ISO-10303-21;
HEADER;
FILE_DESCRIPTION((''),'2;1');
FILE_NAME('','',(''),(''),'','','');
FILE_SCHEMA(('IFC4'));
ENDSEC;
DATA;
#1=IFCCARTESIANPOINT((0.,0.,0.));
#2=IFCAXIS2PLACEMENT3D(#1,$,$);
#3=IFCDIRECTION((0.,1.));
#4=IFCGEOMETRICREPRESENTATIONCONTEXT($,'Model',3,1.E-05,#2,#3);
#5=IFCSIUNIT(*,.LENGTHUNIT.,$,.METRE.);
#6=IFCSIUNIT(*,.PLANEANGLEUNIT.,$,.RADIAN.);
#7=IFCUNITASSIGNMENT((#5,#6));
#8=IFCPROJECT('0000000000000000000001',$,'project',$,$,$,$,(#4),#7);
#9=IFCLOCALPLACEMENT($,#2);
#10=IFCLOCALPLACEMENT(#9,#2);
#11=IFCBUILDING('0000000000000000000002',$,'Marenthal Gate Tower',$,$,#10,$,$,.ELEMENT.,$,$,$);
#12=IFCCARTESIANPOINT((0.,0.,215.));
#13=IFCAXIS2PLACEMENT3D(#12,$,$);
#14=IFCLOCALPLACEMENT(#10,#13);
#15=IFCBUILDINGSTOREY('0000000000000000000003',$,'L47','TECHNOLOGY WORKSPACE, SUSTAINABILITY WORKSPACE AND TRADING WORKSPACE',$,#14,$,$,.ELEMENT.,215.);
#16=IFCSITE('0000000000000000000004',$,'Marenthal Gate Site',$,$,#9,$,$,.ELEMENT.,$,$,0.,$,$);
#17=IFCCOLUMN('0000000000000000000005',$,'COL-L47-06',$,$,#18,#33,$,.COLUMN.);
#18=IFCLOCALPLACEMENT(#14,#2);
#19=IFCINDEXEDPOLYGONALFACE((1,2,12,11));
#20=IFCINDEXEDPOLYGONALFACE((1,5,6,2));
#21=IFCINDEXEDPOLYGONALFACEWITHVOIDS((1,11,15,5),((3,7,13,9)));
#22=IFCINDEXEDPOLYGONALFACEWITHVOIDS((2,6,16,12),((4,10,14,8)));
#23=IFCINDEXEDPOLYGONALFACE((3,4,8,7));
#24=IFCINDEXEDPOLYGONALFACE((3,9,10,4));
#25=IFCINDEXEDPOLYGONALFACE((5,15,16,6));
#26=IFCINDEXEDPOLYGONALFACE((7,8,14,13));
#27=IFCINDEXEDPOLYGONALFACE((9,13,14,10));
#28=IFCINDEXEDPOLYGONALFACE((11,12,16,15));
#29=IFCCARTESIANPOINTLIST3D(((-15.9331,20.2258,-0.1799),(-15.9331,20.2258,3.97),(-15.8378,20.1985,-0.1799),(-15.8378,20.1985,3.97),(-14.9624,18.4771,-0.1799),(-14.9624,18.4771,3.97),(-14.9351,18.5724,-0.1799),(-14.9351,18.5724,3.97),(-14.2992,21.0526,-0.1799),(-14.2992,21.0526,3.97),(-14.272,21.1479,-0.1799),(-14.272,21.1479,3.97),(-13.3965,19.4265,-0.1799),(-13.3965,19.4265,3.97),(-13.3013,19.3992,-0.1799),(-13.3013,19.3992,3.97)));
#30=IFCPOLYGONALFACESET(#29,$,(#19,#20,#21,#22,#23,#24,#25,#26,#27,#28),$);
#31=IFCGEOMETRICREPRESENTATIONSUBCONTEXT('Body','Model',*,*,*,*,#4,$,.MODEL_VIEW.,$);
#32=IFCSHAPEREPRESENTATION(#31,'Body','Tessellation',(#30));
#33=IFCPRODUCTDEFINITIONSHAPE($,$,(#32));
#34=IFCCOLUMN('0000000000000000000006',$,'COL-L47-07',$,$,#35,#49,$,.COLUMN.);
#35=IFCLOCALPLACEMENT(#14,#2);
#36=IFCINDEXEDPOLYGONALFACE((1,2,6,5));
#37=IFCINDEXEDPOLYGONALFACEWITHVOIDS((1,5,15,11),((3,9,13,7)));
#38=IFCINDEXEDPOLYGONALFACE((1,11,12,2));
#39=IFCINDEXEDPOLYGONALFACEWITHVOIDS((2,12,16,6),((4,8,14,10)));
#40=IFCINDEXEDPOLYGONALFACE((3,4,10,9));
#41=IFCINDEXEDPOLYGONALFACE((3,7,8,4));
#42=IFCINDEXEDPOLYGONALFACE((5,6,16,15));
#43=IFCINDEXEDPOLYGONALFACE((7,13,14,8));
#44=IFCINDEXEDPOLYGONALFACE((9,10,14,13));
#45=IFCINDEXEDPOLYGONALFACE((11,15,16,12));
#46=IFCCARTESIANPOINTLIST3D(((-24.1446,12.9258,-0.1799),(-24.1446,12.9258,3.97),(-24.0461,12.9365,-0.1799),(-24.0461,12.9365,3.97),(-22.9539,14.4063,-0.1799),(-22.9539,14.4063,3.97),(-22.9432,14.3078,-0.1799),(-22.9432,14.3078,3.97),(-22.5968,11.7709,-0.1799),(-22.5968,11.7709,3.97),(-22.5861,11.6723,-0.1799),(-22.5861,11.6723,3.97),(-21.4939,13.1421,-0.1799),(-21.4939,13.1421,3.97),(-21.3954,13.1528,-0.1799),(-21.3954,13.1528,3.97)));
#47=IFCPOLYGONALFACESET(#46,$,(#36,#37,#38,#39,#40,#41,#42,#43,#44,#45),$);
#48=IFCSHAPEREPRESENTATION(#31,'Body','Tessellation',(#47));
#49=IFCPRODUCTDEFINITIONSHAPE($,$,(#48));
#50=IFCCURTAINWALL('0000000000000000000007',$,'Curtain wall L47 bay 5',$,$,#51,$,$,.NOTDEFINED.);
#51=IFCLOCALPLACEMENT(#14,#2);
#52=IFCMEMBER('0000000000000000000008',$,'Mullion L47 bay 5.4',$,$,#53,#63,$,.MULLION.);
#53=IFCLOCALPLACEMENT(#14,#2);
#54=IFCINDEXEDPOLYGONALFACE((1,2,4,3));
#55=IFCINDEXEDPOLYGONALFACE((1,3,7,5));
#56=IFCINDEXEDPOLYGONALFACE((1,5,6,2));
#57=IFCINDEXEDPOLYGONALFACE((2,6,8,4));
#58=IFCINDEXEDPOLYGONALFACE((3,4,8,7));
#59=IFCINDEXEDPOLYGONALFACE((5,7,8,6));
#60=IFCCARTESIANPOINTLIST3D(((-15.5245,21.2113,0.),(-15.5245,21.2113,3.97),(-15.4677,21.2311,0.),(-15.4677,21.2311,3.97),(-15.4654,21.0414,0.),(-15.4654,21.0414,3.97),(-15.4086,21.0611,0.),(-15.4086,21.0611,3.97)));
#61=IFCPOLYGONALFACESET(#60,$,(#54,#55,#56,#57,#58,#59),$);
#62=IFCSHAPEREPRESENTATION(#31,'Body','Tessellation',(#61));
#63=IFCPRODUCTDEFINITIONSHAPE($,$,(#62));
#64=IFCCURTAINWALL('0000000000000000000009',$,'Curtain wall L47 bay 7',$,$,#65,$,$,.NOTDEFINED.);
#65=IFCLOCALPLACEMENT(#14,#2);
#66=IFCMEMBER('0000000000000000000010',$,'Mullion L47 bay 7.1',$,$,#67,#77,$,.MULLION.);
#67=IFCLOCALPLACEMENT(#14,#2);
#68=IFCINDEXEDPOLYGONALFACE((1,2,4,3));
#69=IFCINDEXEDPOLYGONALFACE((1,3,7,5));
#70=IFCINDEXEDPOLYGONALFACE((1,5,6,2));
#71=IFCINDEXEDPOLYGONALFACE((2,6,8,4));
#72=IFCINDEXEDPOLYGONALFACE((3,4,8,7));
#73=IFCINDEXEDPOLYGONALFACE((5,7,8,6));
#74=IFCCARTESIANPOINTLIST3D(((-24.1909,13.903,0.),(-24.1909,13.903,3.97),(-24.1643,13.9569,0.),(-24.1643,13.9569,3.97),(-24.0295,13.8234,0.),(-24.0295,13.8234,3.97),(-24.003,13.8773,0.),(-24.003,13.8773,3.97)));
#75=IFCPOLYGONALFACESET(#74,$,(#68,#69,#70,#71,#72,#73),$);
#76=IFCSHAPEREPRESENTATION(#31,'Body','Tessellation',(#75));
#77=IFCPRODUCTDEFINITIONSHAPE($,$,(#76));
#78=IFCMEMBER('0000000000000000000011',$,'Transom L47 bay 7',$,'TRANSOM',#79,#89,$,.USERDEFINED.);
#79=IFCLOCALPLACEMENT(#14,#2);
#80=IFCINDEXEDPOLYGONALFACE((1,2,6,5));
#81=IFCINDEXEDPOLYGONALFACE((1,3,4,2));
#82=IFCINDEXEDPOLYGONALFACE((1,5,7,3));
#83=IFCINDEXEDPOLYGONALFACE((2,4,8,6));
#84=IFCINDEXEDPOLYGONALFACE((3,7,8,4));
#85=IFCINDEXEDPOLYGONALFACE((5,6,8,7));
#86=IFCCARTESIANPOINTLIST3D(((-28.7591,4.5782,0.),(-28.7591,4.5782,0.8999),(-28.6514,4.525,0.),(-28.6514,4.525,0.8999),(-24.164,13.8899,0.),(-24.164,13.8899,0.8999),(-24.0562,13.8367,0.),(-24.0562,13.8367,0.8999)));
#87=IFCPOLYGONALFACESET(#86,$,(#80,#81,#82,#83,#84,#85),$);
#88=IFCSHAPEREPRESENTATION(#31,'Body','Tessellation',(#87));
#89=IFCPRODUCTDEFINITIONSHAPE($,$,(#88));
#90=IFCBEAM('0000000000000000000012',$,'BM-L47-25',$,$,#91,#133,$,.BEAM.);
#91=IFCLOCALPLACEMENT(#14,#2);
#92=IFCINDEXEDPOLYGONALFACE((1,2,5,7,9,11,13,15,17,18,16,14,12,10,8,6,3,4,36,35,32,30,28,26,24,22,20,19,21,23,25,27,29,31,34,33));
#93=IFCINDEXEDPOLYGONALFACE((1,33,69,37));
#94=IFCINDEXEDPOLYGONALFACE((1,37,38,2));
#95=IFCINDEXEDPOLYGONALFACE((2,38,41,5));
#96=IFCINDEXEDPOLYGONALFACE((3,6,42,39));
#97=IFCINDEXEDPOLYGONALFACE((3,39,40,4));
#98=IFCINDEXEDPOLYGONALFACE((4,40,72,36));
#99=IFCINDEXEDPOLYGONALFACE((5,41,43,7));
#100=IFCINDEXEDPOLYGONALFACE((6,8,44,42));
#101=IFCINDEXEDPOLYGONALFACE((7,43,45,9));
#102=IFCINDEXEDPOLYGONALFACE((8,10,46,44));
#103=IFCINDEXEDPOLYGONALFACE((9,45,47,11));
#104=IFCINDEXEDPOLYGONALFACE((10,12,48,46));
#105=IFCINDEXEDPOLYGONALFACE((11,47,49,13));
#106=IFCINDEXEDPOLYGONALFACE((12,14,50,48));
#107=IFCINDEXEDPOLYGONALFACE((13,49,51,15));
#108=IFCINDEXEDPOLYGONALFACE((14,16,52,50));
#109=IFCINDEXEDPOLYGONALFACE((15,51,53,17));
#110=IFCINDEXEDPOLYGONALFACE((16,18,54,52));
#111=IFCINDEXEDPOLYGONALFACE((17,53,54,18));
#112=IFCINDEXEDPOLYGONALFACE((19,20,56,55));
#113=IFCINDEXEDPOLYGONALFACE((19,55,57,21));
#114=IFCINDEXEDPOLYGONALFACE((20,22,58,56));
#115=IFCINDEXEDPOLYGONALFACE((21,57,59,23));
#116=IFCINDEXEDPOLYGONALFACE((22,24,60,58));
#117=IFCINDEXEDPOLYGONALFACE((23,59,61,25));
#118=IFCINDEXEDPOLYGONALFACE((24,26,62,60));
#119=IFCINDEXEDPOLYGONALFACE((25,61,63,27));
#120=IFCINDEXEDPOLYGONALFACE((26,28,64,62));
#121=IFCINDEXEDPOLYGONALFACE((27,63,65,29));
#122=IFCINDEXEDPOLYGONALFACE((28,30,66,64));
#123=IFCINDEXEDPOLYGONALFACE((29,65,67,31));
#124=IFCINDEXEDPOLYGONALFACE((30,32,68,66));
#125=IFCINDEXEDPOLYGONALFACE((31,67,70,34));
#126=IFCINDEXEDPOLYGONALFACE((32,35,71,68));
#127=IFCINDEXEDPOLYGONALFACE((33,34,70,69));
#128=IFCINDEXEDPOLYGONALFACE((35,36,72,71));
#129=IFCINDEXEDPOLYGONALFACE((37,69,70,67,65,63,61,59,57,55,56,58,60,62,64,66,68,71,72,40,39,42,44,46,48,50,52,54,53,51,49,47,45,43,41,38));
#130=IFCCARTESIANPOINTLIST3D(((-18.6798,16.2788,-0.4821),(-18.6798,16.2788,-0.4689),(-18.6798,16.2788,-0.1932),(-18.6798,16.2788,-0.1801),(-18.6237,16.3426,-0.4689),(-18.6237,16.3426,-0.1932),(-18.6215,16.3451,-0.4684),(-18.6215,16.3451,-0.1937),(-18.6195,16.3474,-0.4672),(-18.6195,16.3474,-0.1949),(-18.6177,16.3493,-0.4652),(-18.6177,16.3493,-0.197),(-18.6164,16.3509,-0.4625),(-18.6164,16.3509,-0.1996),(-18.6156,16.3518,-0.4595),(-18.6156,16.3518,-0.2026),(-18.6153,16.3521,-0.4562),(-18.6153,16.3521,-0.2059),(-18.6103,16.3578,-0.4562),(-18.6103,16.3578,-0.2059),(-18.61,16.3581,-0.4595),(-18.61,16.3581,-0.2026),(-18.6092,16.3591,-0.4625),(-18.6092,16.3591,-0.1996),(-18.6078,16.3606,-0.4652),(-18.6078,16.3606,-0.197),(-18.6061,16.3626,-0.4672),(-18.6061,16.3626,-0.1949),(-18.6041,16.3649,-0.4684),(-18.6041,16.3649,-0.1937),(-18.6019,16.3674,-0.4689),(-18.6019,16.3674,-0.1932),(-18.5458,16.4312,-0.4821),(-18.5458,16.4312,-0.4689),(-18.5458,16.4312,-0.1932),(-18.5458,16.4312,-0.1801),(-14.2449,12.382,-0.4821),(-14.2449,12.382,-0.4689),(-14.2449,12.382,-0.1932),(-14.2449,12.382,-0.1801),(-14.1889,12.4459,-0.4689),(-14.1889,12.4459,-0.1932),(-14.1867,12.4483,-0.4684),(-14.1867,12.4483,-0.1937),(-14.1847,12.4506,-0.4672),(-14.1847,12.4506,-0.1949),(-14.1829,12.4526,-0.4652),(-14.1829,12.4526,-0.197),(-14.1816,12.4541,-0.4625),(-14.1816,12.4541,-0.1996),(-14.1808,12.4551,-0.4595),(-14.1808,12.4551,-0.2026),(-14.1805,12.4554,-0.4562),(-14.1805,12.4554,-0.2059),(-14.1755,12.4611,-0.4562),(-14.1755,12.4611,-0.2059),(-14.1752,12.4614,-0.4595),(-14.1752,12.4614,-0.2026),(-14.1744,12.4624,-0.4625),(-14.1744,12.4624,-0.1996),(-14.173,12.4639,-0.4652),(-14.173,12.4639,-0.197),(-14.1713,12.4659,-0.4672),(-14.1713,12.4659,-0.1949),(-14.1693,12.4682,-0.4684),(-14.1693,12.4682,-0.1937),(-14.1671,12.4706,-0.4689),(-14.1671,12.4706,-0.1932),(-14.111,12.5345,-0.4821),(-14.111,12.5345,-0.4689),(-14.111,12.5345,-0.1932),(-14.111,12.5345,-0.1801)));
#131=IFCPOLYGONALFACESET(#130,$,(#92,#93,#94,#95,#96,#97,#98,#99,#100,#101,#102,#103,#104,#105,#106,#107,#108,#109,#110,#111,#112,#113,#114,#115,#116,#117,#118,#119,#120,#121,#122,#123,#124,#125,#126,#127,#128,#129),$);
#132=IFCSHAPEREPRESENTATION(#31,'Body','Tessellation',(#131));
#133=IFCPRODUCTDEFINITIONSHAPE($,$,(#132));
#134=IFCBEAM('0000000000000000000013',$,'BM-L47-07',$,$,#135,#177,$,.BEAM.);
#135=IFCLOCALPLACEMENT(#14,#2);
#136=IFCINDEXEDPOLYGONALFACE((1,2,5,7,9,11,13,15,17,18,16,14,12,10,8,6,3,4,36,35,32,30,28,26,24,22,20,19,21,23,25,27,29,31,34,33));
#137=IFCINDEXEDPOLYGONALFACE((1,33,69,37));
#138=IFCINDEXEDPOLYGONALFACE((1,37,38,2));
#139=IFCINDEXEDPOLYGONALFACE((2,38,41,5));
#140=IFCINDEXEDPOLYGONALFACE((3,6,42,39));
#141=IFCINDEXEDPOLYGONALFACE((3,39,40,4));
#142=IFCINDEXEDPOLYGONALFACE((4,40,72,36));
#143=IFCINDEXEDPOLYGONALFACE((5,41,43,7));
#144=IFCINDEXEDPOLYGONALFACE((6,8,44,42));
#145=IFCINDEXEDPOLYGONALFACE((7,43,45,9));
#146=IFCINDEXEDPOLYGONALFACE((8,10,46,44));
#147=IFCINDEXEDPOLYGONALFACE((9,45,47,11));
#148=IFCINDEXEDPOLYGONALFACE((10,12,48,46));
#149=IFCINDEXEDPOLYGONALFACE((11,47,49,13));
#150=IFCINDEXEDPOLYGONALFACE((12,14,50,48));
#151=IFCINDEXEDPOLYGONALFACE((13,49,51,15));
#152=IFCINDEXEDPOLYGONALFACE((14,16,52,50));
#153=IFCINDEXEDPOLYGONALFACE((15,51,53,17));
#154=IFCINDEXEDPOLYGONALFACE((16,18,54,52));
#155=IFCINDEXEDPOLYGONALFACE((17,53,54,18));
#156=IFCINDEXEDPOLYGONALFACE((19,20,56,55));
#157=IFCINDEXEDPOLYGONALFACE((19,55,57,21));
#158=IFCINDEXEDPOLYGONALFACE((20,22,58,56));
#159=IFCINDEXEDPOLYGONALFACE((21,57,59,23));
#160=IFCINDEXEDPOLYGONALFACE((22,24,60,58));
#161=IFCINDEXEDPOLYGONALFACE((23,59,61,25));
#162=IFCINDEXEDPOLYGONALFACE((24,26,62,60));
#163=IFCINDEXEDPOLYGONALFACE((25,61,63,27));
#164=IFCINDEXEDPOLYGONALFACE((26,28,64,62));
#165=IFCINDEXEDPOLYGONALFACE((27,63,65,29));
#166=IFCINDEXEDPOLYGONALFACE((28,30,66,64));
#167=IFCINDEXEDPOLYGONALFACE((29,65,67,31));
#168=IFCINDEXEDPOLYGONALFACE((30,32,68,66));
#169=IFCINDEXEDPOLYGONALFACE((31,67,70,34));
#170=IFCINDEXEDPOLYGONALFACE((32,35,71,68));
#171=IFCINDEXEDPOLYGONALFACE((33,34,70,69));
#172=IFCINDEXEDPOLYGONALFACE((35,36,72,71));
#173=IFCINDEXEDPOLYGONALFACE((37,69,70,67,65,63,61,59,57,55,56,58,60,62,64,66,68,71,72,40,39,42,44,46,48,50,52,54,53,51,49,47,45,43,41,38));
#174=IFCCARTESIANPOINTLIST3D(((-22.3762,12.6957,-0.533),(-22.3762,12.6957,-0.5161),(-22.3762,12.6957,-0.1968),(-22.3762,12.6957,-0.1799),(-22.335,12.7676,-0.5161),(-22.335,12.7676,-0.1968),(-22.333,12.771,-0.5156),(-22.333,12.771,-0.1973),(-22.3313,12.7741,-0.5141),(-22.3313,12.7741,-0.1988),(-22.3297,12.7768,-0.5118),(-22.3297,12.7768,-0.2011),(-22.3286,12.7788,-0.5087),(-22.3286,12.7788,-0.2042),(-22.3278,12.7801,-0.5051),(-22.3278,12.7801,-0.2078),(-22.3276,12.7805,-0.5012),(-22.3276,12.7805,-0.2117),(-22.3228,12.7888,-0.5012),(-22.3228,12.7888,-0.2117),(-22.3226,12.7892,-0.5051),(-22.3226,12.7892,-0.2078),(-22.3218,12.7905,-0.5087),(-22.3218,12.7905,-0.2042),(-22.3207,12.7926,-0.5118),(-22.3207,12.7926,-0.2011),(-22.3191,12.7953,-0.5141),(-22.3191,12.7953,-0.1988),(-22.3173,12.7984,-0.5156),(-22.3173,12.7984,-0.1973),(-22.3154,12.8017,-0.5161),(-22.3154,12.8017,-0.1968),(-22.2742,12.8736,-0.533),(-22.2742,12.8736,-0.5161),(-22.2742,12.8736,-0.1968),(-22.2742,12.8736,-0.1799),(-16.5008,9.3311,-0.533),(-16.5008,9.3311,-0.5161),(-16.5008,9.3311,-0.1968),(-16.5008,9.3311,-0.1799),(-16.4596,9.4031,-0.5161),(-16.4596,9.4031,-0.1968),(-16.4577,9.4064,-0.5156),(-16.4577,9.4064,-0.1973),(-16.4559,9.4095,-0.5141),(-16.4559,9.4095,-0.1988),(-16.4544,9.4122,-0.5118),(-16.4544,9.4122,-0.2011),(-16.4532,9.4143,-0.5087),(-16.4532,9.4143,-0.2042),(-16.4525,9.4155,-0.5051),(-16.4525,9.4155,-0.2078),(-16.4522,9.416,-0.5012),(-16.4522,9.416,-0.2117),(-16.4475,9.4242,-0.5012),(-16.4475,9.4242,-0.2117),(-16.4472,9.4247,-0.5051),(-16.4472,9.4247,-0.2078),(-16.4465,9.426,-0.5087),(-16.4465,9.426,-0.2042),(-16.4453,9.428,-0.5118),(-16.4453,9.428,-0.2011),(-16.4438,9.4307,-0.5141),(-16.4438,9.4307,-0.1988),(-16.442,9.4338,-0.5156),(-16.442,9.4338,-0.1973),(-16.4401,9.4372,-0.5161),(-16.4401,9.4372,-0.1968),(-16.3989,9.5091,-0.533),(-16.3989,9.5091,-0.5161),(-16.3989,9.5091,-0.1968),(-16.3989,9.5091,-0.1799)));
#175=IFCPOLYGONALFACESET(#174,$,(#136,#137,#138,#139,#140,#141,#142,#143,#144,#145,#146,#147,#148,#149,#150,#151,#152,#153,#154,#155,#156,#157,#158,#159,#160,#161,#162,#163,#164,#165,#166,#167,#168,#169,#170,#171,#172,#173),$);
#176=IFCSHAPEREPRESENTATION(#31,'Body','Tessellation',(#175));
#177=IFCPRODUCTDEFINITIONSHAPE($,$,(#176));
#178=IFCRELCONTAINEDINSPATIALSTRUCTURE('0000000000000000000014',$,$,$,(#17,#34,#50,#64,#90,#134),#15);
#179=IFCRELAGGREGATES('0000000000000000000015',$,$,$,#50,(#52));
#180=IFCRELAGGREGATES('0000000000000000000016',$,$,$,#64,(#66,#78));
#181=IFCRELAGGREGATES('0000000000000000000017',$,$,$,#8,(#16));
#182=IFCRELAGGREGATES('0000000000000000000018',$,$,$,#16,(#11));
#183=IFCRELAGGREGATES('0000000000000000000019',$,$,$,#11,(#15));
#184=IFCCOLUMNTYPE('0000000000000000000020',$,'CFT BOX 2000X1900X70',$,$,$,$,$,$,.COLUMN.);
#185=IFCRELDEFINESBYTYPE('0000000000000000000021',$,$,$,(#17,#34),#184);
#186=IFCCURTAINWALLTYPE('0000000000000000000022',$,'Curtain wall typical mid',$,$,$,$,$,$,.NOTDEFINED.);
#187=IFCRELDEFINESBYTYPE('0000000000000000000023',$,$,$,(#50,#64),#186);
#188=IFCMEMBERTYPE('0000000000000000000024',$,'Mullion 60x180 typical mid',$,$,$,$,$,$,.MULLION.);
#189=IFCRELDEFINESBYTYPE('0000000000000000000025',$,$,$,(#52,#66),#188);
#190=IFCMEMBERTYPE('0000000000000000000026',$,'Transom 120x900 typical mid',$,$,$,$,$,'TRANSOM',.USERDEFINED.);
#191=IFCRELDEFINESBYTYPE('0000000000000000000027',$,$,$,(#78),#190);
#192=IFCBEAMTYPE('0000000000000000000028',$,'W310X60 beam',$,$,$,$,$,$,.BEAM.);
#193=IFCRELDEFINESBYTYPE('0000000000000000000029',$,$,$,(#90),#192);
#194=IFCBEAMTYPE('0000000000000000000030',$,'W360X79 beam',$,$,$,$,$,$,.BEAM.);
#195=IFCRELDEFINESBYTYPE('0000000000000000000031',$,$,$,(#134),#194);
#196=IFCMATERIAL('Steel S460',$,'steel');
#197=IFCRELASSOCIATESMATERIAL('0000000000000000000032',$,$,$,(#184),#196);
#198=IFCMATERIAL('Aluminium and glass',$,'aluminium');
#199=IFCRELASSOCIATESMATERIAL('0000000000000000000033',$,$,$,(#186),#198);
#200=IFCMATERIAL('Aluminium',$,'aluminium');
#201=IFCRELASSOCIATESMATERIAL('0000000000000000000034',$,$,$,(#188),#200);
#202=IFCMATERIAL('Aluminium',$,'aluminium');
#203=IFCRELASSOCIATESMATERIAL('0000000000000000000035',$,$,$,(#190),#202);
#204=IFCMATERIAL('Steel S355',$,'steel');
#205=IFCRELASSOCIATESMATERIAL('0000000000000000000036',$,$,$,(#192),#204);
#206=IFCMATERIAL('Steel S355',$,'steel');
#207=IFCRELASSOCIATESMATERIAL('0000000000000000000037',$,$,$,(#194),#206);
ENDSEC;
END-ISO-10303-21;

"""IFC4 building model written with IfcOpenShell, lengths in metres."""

from ifc_helpers import new_model, si_unit, direction, frame, origin, origin_2d, place, context, subcontext, project, spatial, rectangle, hollow_rectangle, i_section, extrude, material, material_profile, profile_set, type_object, element, aggregate, save


model = new_model("IFC4")

# Units and contexts
model_context = context("Model", 3, precision=1e-05, world=origin(), true_north=direction((0.0, 1.0)))
body_context = subcontext(model_context, "Body", "Model", "MODEL_VIEW")
ifc_project = project(units=[si_unit("LENGTHUNIT", "METRE"), si_unit("PLANEANGLEUNIT", "RADIAN")], contexts=[model_context])

# Site, building, storey
site_placement = place(None, origin())
site = spatial("IfcSite", under=ifc_project, at=site_placement, Name="Marenthal Gate Site", CompositionType="ELEMENT", RefElevation=0.0)
building_placement = place(site_placement, origin())
building = spatial("IfcBuilding", under=site, at=building_placement, Name="Marenthal Gate Tower", CompositionType="ELEMENT")
storey_placement = place(building_placement, frame((0.0, 0.0, 215.0)))
storey = spatial("IfcBuildingStorey", under=building, at=storey_placement, Name="L47", Description="TECHNOLOGY WORKSPACE, SUSTAINABILITY WORKSPACE AND TRADING WORKSPACE", CompositionType="ELEMENT", Elevation=215.0)

# Columns
ifc_material_1 = material(Name="Steel S460", Category="steel")
ifc_material_profile_1 = material_profile(ifc_material_1, hollow_rectangle(XDim=1.8999, YDim=2.0, WallThickness=0.0701, at=origin_2d()), Name="CFT BOX 2000X1900X70")
ifc_material_2 = material(Name="Concrete 70 MPa", Category="concrete")
ifc_material_profile_2 = material_profile(ifc_material_2, rectangle(XDim=1.76, YDim=1.8601, at=origin_2d()), Name="CFT BOX 2000X1900X70 INFILL")
ifc_profile_set_1 = profile_set([ifc_material_profile_1, ifc_material_profile_2], Name="Steel S460 shell, Concrete 70 MPa infill")
column_type = type_object("IfcColumnType", Name="CFT BOX 2000X1900X70", PredefinedType="COLUMN", material=ifc_profile_set_1)
for number, where, z_axis, x_axis, name in (
    (1, (-14.6172, 19.8125, -0.1799), (0.0, 0.0, 1.0), (0.874319, 0.485351, 0.0), "COL-L47-06"),
    (2, (-22.77, 13.0393, -0.1799), (0.0, 0.0, 1.0), (0.626719, 0.779245, 0.0), "COL-L47-07"),
):
    element("IfcColumn", number, at=place(storey_placement, frame(where, z_axis=z_axis, x_axis=x_axis)), inside=storey, type_object=column_type, Name=name, PredefinedType="COLUMN", context=body_context, shape_type="SweptSolid", body=[
        extrude(hollow_rectangle(XDim=1.8999, YDim=2.0, WallThickness=0.0701, at=origin_2d()), origin(), (0.0, 0.0, 1.0), 4.1499),
    ])

# Curtain wall, member
ifc_material_3 = material(Name="Aluminium and glass", Category="aluminium")
curtain_wall_type = type_object("IfcCurtainWallType", Name="Curtain wall typical mid", PredefinedType="NOTDEFINED", material=ifc_material_3)
curtain_wall_1_placement = place(storey_placement, origin())
curtain_wall_1 = element("IfcCurtainWall", 3, at=curtain_wall_1_placement, inside=storey, type_object=curtain_wall_type, Name="Curtain wall L47 bay 5", PredefinedType="NOTDEFINED")
ifc_material_4 = material(Name="Aluminium", Category="aluminium")
ifc_material_profile_3 = material_profile(ifc_material_4, rectangle(XDim=0.1799, YDim=0.0601, at=origin_2d()), Name="60x180 aluminium mullion")
ifc_profile_set_2 = profile_set([ifc_material_profile_3], Name="Aluminium")
member_type_1 = type_object("IfcMemberType", Name="Mullion 60x180 typical mid", PredefinedType="MULLION", material=ifc_profile_set_2)
member_1_placement = place(storey_placement, frame((-15.4666, 21.1362, 0.0), z_axis=(0.0, 0.0, 1.0), x_axis=(0.3284, -0.944539, 0.0)))
member_1 = element("IfcMember", 4, at=member_1_placement, type_object=member_type_1, Name="Mullion L47 bay 5.4", PredefinedType="MULLION", context=body_context, shape_type="SweptSolid", body=[
    extrude(rectangle(XDim=0.1799, YDim=0.0601, at=origin_2d()), origin(), (0.0, 0.0, 1.0), 3.97),
])
aggregate(curtain_wall_1, [member_1])

# Curtain wall, members
curtain_wall_2_placement = place(storey_placement, origin())
curtain_wall_2 = element("IfcCurtainWall", 5, at=curtain_wall_2_placement, inside=storey, type_object=curtain_wall_type, Name="Curtain wall L47 bay 7", PredefinedType="NOTDEFINED")
member_2_placement = place(storey_placement, frame((-24.0969, 13.8901, 0.0), z_axis=(0.0, 0.0, 1.0), x_axis=(0.896757, -0.442523, 0.0)))
member_2 = element("IfcMember", 6, at=member_2_placement, type_object=member_type_1, Name="Mullion L47 bay 7.1", PredefinedType="MULLION", context=body_context, shape_type="SweptSolid", body=[
    extrude(rectangle(XDim=0.1799, YDim=0.0601, at=origin_2d()), origin(), (0.0, 0.0, 1.0), 3.97),
])
ifc_material_5 = material(Name="Aluminium", Category="aluminium")
ifc_material_profile_4 = material_profile(ifc_material_5, rectangle(XDim=0.1201, YDim=0.8999, at=origin_2d()), Name="120x900 aluminium transom")
ifc_profile_set_3 = profile_set([ifc_material_profile_4], Name="Aluminium")
member_type_2 = type_object("IfcMemberType", Name="Transom 120x900 typical mid", ElementType="TRANSOM", PredefinedType="USERDEFINED", material=ifc_profile_set_3)
member_3_placement = place(storey_placement, frame((-24.1101, 13.8633, 0.45), z_axis=(-0.442533, -0.896752, 0.0), x_axis=(0.896752, -0.442533, 0.0)))
member_3 = element("IfcMember", 7, at=member_3_placement, type_object=member_type_2, Name="Transom L47 bay 7", ObjectType="TRANSOM", PredefinedType="USERDEFINED", context=body_context, shape_type="SweptSolid", body=[
    extrude(rectangle(XDim=0.1201, YDim=0.8999, at=origin_2d()), origin(), (0.0, 0.0, 1.0), 10.3838),
])

# Beams
ifc_material_6 = material(Name="Steel S355", Category="steel")
ifc_material_profile_5 = material_profile(ifc_material_6, i_section(OverallWidth=0.2029, OverallDepth=0.302, WebThickness=0.0076, FlangeThickness=0.0132, FilletRadius=0.0127, at=origin_2d()), Name="W310X60")
ifc_profile_set_4 = profile_set([ifc_material_profile_5], Name="Steel S355")
beam_type_1 = type_object("IfcBeamType", Name="W310X60 beam", PredefinedType="BEAM", material=ifc_profile_set_4)
beam_1_placement = place(storey_placement, frame((-18.6128, 16.355, -0.3311), z_axis=(0.75121, -0.660064, 0.0), x_axis=(0.660064, 0.75121, 0.0)))
element("IfcBeam", 8, at=beam_1_placement, inside=storey, type_object=beam_type_1, Name="BM-L47-25", PredefinedType="BEAM", context=body_context, shape_type="SweptSolid", body=[
    extrude(i_section(OverallWidth=0.2029, OverallDepth=0.302, WebThickness=0.0076, FlangeThickness=0.0132, FilletRadius=0.0127, at=origin_2d()), origin(), (0.0, 0.0, 1.0), 5.9036),
])
ifc_material_7 = material(Name="Steel S355", Category="steel")
ifc_material_profile_6 = material_profile(ifc_material_7, i_section(OverallWidth=0.2051, OverallDepth=0.353, WebThickness=0.0095, FlangeThickness=0.0168, FilletRadius=0.0149, at=origin_2d()), Name="W360X79")
ifc_profile_set_5 = profile_set([ifc_material_profile_6], Name="Steel S355")
beam_type_2 = type_object("IfcBeamType", Name="W360X79 beam", PredefinedType="BEAM", material=ifc_profile_set_5)
beam_2_placement = place(storey_placement, frame((-22.3252, 12.7847, -0.3564), z_axis=(0.867783, -0.496943, 0.0), x_axis=(0.496943, 0.867783, 0.0)))
element("IfcBeam", 9, at=beam_2_placement, inside=storey, type_object=beam_type_2, Name="BM-L47-07", PredefinedType="BEAM", context=body_context, shape_type="SweptSolid", body=[
    extrude(i_section(OverallWidth=0.2051, OverallDepth=0.353, WebThickness=0.0095, FlangeThickness=0.0168, FilletRadius=0.0149, at=origin_2d()), origin(), (0.0, 0.0, 1.0), 6.7705),
])

aggregate(curtain_wall_2, [member_2, member_3])

save(model, "model.ifc")
